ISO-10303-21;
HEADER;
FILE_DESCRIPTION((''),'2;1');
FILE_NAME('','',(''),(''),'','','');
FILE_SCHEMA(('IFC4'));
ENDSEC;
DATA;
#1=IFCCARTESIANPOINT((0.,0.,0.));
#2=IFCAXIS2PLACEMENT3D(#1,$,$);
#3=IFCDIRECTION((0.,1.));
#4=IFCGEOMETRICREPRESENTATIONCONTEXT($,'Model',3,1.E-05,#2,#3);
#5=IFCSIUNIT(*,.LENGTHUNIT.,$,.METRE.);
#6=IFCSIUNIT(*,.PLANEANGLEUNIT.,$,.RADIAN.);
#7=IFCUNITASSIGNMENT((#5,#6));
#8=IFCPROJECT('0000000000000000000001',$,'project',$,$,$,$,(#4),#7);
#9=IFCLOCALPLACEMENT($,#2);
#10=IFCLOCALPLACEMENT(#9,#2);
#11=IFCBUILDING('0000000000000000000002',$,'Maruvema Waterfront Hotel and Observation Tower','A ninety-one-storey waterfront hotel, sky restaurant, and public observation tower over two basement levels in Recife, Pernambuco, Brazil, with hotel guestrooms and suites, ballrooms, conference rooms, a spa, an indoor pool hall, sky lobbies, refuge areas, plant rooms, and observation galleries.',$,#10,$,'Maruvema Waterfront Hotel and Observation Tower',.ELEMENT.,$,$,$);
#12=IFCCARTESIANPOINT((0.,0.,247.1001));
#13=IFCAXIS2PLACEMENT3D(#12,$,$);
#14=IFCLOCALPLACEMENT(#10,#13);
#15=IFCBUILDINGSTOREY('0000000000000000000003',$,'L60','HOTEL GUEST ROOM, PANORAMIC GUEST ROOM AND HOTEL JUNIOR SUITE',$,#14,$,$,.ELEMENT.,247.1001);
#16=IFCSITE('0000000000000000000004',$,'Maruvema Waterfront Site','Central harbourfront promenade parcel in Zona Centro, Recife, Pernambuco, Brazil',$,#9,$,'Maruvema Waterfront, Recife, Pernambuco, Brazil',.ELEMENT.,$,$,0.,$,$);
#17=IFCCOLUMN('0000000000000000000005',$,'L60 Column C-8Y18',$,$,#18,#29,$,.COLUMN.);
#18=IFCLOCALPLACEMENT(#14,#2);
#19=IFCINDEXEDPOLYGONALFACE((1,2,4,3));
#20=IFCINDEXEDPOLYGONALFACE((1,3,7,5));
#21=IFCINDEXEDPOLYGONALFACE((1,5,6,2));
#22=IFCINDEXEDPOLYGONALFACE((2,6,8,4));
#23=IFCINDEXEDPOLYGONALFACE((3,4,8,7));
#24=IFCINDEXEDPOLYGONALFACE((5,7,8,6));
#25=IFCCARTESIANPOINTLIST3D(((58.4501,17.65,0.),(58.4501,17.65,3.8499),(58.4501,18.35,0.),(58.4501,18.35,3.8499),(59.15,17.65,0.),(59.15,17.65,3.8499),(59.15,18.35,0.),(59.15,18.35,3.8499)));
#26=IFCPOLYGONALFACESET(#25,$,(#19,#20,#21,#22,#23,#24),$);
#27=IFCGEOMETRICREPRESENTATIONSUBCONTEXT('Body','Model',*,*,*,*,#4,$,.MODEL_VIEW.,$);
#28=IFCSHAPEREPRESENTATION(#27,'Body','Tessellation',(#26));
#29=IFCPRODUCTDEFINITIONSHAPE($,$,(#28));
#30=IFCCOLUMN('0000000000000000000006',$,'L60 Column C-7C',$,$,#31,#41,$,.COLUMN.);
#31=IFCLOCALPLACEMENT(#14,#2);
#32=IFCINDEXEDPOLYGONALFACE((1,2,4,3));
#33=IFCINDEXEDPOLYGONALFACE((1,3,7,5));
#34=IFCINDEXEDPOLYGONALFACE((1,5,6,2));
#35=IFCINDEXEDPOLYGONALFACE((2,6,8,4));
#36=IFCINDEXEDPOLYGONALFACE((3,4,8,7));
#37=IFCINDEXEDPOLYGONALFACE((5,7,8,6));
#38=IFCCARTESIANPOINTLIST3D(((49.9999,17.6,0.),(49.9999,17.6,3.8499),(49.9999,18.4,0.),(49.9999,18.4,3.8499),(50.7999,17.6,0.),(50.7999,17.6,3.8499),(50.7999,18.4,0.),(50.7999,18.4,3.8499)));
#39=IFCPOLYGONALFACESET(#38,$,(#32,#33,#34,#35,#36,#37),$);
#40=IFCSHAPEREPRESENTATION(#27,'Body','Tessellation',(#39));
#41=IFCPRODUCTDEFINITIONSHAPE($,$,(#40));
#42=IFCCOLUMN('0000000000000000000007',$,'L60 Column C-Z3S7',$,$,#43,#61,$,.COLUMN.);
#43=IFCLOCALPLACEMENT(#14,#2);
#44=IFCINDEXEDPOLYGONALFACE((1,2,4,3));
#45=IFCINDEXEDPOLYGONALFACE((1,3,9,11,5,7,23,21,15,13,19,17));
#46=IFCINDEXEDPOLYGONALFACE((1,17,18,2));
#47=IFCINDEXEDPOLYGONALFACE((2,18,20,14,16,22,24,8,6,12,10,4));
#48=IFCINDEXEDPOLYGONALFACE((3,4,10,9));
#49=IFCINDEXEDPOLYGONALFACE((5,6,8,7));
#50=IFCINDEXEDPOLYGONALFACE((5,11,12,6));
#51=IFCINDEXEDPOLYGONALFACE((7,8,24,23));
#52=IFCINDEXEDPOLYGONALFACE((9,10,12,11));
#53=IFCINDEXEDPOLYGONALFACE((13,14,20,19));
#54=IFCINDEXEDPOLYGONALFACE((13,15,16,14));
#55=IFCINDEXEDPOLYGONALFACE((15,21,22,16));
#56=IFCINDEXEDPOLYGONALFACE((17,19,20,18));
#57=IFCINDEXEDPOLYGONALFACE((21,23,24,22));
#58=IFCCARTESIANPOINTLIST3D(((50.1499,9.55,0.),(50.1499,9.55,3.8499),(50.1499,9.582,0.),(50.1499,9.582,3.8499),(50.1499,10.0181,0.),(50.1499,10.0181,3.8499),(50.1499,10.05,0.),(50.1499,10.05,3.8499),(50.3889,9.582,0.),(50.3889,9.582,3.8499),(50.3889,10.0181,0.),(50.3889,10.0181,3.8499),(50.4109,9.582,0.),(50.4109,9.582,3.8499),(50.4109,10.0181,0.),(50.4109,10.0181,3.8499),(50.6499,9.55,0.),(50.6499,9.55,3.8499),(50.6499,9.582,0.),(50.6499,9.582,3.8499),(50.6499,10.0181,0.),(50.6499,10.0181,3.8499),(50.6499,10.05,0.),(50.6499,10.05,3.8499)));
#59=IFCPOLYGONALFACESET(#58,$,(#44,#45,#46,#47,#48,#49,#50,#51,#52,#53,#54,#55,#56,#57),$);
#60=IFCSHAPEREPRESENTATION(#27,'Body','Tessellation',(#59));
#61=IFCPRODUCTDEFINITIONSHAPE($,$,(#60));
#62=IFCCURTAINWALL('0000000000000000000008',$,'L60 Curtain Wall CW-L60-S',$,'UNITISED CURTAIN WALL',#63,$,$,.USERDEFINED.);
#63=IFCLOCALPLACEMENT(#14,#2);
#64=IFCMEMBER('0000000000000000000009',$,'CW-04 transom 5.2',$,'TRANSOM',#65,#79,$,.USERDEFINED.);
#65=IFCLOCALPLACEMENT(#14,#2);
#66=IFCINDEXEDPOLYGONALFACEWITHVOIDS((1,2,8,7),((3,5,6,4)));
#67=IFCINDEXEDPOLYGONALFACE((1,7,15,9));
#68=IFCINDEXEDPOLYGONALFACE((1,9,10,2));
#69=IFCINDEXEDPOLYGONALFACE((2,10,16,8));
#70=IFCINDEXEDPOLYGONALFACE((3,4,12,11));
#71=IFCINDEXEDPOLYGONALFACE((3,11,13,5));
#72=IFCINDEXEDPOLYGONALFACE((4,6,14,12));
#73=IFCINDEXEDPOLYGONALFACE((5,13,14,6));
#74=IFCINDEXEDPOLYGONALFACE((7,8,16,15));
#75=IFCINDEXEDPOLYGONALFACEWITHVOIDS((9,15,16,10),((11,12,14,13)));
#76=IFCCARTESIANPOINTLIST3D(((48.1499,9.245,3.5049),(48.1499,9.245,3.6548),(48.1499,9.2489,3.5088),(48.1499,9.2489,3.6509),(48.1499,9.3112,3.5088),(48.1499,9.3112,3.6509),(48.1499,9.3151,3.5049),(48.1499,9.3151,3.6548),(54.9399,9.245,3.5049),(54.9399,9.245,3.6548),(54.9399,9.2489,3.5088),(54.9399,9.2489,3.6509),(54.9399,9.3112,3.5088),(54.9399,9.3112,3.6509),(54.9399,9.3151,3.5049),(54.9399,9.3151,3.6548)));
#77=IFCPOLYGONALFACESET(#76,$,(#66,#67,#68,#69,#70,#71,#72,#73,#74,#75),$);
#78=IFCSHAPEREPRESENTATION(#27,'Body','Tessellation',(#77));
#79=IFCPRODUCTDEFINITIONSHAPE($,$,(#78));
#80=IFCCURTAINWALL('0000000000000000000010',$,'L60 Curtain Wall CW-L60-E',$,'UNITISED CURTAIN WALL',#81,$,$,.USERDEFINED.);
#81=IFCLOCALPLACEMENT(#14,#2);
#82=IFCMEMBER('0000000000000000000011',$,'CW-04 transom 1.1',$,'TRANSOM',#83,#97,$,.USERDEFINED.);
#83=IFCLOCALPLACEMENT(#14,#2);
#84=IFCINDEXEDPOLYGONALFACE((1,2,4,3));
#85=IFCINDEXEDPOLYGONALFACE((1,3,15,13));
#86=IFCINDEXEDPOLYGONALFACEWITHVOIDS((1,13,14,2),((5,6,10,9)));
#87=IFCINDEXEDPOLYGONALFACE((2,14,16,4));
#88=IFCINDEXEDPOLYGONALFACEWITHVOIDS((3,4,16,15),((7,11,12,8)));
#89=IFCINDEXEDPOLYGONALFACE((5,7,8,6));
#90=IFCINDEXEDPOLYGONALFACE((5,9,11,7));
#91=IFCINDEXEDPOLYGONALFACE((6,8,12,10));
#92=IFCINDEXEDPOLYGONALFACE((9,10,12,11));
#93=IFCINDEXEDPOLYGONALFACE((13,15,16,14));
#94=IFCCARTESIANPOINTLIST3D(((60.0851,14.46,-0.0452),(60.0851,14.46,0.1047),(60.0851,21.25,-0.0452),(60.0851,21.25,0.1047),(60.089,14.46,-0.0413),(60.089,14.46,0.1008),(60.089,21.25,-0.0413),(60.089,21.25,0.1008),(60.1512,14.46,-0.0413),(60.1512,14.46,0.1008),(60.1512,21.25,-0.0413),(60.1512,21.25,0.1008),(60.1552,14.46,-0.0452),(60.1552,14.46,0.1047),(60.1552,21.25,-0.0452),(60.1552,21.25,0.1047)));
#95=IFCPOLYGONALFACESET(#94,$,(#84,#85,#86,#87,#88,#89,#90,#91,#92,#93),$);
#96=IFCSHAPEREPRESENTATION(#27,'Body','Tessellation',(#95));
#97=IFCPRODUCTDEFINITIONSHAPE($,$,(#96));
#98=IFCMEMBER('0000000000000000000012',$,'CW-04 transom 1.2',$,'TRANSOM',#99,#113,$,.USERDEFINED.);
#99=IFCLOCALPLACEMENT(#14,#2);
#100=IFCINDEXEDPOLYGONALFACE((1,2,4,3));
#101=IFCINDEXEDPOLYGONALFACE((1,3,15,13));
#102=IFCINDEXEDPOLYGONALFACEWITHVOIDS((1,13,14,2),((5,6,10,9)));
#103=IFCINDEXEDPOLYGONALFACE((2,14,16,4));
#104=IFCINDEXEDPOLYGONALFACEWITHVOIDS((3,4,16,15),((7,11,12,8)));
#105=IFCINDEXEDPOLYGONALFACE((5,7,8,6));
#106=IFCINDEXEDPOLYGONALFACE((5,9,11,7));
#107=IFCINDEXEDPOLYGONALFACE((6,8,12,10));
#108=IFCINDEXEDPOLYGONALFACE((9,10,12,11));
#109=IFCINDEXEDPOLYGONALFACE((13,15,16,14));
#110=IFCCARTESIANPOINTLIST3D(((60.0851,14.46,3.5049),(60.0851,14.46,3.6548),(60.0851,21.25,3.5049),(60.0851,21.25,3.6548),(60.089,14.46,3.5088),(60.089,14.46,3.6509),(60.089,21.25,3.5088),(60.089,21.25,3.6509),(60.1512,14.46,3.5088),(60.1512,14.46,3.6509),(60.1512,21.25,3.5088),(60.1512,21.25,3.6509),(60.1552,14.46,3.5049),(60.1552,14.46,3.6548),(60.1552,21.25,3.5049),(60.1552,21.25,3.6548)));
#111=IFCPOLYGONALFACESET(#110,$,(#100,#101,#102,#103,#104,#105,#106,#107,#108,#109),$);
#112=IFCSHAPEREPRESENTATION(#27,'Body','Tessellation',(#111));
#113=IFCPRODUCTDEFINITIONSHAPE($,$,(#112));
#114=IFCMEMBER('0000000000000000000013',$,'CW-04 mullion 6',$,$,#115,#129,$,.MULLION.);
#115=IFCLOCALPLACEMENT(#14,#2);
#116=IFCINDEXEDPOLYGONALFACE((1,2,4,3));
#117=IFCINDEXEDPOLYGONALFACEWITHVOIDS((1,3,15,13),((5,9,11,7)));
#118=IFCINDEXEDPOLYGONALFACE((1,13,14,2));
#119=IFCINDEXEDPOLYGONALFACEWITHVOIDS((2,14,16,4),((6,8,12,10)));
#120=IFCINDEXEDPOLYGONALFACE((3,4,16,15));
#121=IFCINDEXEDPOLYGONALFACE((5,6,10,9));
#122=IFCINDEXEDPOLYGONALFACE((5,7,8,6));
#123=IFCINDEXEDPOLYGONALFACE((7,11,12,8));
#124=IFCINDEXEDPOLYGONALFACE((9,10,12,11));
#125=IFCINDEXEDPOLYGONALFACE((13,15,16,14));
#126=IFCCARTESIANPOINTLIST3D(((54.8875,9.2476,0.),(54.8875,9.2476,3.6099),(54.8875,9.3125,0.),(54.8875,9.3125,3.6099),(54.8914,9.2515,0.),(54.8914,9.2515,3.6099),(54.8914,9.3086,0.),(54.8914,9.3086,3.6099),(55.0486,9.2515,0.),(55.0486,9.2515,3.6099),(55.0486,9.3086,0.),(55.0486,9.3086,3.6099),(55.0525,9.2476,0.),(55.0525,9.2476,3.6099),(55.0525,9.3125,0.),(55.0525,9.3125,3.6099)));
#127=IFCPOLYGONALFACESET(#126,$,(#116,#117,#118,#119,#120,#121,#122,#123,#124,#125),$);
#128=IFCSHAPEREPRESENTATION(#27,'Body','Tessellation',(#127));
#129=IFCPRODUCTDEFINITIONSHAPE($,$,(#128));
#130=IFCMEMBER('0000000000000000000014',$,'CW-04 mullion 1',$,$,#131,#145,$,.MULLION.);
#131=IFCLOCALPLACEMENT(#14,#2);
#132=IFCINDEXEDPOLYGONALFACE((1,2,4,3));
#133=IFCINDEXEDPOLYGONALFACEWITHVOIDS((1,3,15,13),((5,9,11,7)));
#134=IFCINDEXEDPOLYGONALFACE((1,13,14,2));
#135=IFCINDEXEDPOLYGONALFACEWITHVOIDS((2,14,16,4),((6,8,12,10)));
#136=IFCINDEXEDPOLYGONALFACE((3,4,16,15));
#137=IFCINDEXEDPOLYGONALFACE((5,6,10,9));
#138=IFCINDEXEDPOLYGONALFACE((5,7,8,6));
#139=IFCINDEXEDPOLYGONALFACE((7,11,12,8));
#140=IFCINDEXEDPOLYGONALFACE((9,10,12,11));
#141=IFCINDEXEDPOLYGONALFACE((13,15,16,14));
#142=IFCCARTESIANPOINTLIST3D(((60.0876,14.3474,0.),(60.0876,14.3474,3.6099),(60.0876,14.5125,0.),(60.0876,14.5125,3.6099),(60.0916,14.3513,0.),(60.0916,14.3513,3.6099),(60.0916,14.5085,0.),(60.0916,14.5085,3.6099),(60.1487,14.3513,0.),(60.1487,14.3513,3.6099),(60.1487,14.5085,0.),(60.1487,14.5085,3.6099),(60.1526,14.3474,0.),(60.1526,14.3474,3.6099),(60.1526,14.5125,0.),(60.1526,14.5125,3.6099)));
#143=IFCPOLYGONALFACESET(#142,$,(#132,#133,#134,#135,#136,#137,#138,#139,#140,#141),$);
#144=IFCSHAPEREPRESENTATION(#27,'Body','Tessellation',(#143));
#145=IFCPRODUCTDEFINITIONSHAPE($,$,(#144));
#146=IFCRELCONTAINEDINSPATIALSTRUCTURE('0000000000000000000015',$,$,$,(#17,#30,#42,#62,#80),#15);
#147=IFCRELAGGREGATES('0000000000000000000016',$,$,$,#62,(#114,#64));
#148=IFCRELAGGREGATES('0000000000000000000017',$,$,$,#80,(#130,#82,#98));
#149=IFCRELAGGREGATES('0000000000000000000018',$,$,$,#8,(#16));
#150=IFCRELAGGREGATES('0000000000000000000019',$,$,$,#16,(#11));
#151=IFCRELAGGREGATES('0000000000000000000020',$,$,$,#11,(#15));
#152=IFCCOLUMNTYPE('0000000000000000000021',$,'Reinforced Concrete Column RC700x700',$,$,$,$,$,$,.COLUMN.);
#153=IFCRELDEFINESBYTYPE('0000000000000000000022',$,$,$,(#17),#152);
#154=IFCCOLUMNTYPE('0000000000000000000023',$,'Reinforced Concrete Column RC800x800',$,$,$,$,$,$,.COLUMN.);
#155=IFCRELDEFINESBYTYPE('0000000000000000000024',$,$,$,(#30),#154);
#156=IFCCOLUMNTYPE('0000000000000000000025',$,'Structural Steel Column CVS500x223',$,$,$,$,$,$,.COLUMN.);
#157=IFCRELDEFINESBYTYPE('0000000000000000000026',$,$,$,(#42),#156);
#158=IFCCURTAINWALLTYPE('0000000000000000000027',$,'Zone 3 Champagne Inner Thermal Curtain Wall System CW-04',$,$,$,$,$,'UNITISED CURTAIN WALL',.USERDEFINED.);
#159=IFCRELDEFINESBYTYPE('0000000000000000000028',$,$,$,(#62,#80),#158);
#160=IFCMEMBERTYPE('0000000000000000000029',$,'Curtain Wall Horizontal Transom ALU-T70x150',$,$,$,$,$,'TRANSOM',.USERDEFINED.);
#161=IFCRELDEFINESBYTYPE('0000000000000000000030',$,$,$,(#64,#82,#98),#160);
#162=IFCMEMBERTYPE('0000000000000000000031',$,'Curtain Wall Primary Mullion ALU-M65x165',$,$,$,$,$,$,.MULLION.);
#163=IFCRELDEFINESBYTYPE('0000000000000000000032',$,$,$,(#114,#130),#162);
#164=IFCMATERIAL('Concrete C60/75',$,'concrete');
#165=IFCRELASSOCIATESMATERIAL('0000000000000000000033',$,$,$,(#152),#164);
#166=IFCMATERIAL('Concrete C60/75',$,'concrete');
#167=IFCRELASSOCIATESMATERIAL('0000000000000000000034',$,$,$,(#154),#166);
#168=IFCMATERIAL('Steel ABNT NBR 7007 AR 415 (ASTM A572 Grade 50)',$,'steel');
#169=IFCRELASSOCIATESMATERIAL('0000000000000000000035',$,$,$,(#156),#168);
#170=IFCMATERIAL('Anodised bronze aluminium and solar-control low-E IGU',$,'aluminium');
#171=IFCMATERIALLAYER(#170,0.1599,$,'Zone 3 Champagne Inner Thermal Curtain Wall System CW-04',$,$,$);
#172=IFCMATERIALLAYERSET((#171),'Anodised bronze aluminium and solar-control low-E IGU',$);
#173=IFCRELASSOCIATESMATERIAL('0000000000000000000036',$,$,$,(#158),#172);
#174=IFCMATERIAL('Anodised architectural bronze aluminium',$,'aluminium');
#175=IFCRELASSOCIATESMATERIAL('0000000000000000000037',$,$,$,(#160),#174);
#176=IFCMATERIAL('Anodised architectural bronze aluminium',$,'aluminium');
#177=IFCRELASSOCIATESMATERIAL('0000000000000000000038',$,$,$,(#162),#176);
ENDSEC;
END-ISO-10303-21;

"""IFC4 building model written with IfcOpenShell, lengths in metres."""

from ifc_helpers import new_model, si_unit, direction, frame, origin, origin_2d, place, context, subcontext, project, spatial, rectangle, hollow_rectangle, i_section, extrude, material, layer, layer_set, material_profile, profile_set, type_object, element, aggregate, save


model = new_model("IFC4")

# Units and contexts
model_context = context("Model", 3, precision=1e-05, world=origin(), true_north=direction((0.0, 1.0)))
body_context = subcontext(model_context, "Body", "Model", "MODEL_VIEW")
ifc_project = project(units=[si_unit("LENGTHUNIT", "METRE"), si_unit("PLANEANGLEUNIT", "RADIAN")], contexts=[model_context])

# Site, building, storey
site_placement = place(None, origin())
site = spatial("IfcSite", under=ifc_project, at=site_placement, Name="Maruvema Waterfront Site", Description="Central harbourfront promenade parcel in Zona Centro, Recife, Pernambuco, Brazil", LongName="Maruvema Waterfront, Recife, Pernambuco, Brazil", CompositionType="ELEMENT", RefElevation=0.0)
building_placement = place(site_placement, origin())
building = spatial("IfcBuilding", under=site, at=building_placement, Name="Maruvema Waterfront Hotel and Observation Tower", Description="A ninety-one-storey waterfront hotel, sky restaurant, and public observation tower over two basement levels in Recife, Pernambuco, Brazil, with hotel guestrooms and suites, ballrooms, conference rooms, a spa, an indoor pool hall, sky lobbies, refuge areas, plant rooms, and observation galleries.", LongName="Maruvema Waterfront Hotel and Observation Tower", CompositionType="ELEMENT")
storey_placement = place(building_placement, frame((0.0, 0.0, 247.1001)))
storey = spatial("IfcBuildingStorey", under=building, at=storey_placement, Name="L60", Description="HOTEL GUEST ROOM, PANORAMIC GUEST ROOM AND HOTEL JUNIOR SUITE", CompositionType="ELEMENT", Elevation=247.1001)

# Columns
ifc_material_1 = material(Name="Concrete C60/75", Category="concrete")
ifc_material_profile_1 = material_profile(ifc_material_1, rectangle(XDim=0.7, YDim=0.7, at=origin_2d()), Name="RC700x700")
ifc_profile_set_1 = profile_set([ifc_material_profile_1], Name="Concrete C60/75")
column_type_1 = type_object("IfcColumnType", Name="Reinforced Concrete Column RC700x700", PredefinedType="COLUMN", material=ifc_profile_set_1)
column_1_placement = place(storey_placement, frame((58.8, 18.0, 0.0), z_axis=(0.0, 0.0, 1.0), x_axis=(1.0, 0.0, 0.0)))
element("IfcColumn", 1, at=column_1_placement, inside=storey, type_object=column_type_1, Name="L60 Column C-8Y18", PredefinedType="COLUMN", context=body_context, shape_type="SweptSolid", body=[
    extrude(rectangle(XDim=0.7, YDim=0.7, at=origin_2d()), origin(), (0.0, 0.0, 1.0), 3.8499),
])
ifc_material_2 = material(Name="Concrete C60/75", Category="concrete")
ifc_material_profile_2 = material_profile(ifc_material_2, rectangle(XDim=0.8, YDim=0.8, at=origin_2d()), Name="RC800x800")
ifc_profile_set_2 = profile_set([ifc_material_profile_2], Name="Concrete C60/75")
column_type_2 = type_object("IfcColumnType", Name="Reinforced Concrete Column RC800x800", PredefinedType="COLUMN", material=ifc_profile_set_2)
column_2_placement = place(storey_placement, frame((50.3999, 18.0, 0.0), z_axis=(0.0, 0.0, 1.0), x_axis=(1.0, 0.0, 0.0)))
element("IfcColumn", 2, at=column_2_placement, inside=storey, type_object=column_type_2, Name="L60 Column C-7C", PredefinedType="COLUMN", context=body_context, shape_type="SweptSolid", body=[
    extrude(rectangle(XDim=0.8, YDim=0.8, at=origin_2d()), origin(), (0.0, 0.0, 1.0), 3.8499),
])
ifc_material_3 = material(Name="Steel ABNT NBR 7007 AR 415 (ASTM A572 Grade 50)", Category="steel")
ifc_material_profile_3 = material_profile(ifc_material_3, i_section(OverallWidth=0.5, OverallDepth=0.5, WebThickness=0.022, FlangeThickness=0.032, at=origin_2d()), Name="CVS500x223")
ifc_profile_set_3 = profile_set([ifc_material_profile_3], Name="Steel ABNT NBR 7007 AR 415 (ASTM A572 Grade 50)")
column_type_3 = type_object("IfcColumnType", Name="Structural Steel Column CVS500x223", PredefinedType="COLUMN", material=ifc_profile_set_3)
column_3_placement = place(storey_placement, frame((50.3999, 9.8, 0.0), z_axis=(0.0, 0.0, 1.0), x_axis=(1.0, 0.0, 0.0)))
element("IfcColumn", 3, at=column_3_placement, inside=storey, type_object=column_type_3, Name="L60 Column C-Z3S7", PredefinedType="COLUMN", context=body_context, shape_type="SweptSolid", body=[
    extrude(i_section(OverallWidth=0.5, OverallDepth=0.5, WebThickness=0.022, FlangeThickness=0.032, at=origin_2d()), origin(), (0.0, 0.0, 1.0), 3.8499),
])

# Curtain wall, member
ifc_material_4 = material(Name="Anodised bronze aluminium and solar-control low-E IGU", Category="aluminium")
ifc_layer_1 = layer(ifc_material_4, 0.1599, Name="Zone 3 Champagne Inner Thermal Curtain Wall System CW-04")
ifc_layer_set_1 = layer_set([ifc_layer_1], Name="Anodised bronze aluminium and solar-control low-E IGU")
curtain_wall_type = type_object("IfcCurtainWallType", Name="Zone 3 Champagne Inner Thermal Curtain Wall System CW-04", ElementType="UNITISED CURTAIN WALL", PredefinedType="USERDEFINED", material=ifc_layer_set_1)
curtain_wall_1_placement = place(storey_placement, origin())
curtain_wall_1 = element("IfcCurtainWall", 4, at=curtain_wall_1_placement, inside=storey, type_object=curtain_wall_type, Name="L60 Curtain Wall CW-L60-S", ObjectType="UNITISED CURTAIN WALL", PredefinedType="USERDEFINED")
ifc_material_5 = material(Name="Anodised architectural bronze aluminium", Category="aluminium")
ifc_material_profile_4 = material_profile(ifc_material_5, hollow_rectangle(XDim=0.0701, YDim=0.1499, WallThickness=0.0039, at=origin_2d()), Name="ALU-T70x150")
ifc_profile_set_4 = profile_set([ifc_material_profile_4], Name="Anodised architectural bronze aluminium")
member_type_1 = type_object("IfcMemberType", Name="Curtain Wall Horizontal Transom ALU-T70x150", ElementType="TRANSOM", PredefinedType="USERDEFINED", material=ifc_profile_set_4)
member_1_placement = place(storey_placement, frame((48.1499, 9.28, 3.5798), z_axis=(1.0, 0.0, 0.0), x_axis=(0.0, 1.0, 0.0)))
member_1 = element("IfcMember", 5, at=member_1_placement, type_object=member_type_1, Name="CW-04 transom 5.2", ObjectType="TRANSOM", PredefinedType="USERDEFINED", context=body_context, shape_type="SweptSolid", body=[
    extrude(hollow_rectangle(XDim=0.0701, YDim=0.1499, WallThickness=0.0039, at=origin_2d()), origin(), (0.0, 0.0, 1.0), 6.79),
])

# Curtain wall, members
curtain_wall_2_placement = place(storey_placement, origin())
curtain_wall_2 = element("IfcCurtainWall", 6, at=curtain_wall_2_placement, inside=storey, type_object=curtain_wall_type, Name="L60 Curtain Wall CW-L60-E", ObjectType="UNITISED CURTAIN WALL", PredefinedType="USERDEFINED")
member_2_placement = place(storey_placement, frame((60.1201, 14.46, 0.0298), z_axis=(0.0, 1.0, 0.0), x_axis=(-1.0, 0.0, 0.0)))
member_2 = element("IfcMember", 7, at=member_2_placement, type_object=member_type_1, Name="CW-04 transom 1.1", ObjectType="TRANSOM", PredefinedType="USERDEFINED", context=body_context, shape_type="SweptSolid", body=[
    extrude(hollow_rectangle(XDim=0.0701, YDim=0.1499, WallThickness=0.0039, at=origin_2d()), origin(), (0.0, 0.0, 1.0), 6.79),
])
member_3_placement = place(storey_placement, frame((60.1201, 14.46, 3.5798), z_axis=(0.0, 1.0, 0.0), x_axis=(-1.0, 0.0, 0.0)))
member_3 = element("IfcMember", 8, at=member_3_placement, type_object=member_type_1, Name="CW-04 transom 1.2", ObjectType="TRANSOM", PredefinedType="USERDEFINED", context=body_context, shape_type="SweptSolid", body=[
    extrude(hollow_rectangle(XDim=0.0701, YDim=0.1499, WallThickness=0.0039, at=origin_2d()), origin(), (0.0, 0.0, 1.0), 6.79),
])

# Members
ifc_material_6 = material(Name="Anodised architectural bronze aluminium", Category="aluminium")
ifc_material_profile_5 = material_profile(ifc_material_6, hollow_rectangle(XDim=0.0649, YDim=0.165, WallThickness=0.0039, at=origin_2d()), Name="ALU-M65x165")
ifc_profile_set_5 = profile_set([ifc_material_profile_5], Name="Anodised architectural bronze aluminium")
member_type_2 = type_object("IfcMemberType", Name="Curtain Wall Primary Mullion ALU-M65x165", PredefinedType="MULLION", material=ifc_profile_set_5)
member_4_placement = place(storey_placement, frame((54.97, 9.28, 0.0), z_axis=(0.0, 0.0, 1.0), x_axis=(0.0, 1.0, 0.0)))
member_4 = element("IfcMember", 9, at=member_4_placement, type_object=member_type_2, Name="CW-04 mullion 6", PredefinedType="MULLION", context=body_context, shape_type="SweptSolid", body=[
    extrude(hollow_rectangle(XDim=0.0649, YDim=0.165, WallThickness=0.0039, at=origin_2d()), origin(), (0.0, 0.0, 1.0), 3.6099),
])
member_5_placement = place(storey_placement, frame((60.1201, 14.4299, 0.0), z_axis=(0.0, 0.0, 1.0), x_axis=(-1.0, 0.0, 0.0)))
member_5 = element("IfcMember", 10, at=member_5_placement, type_object=member_type_2, Name="CW-04 mullion 1", PredefinedType="MULLION", context=body_context, shape_type="SweptSolid", body=[
    extrude(hollow_rectangle(XDim=0.0649, YDim=0.165, WallThickness=0.0039, at=origin_2d()), origin(), (0.0, 0.0, 1.0), 3.6099),
])

aggregate(curtain_wall_1, [member_4, member_1])
aggregate(curtain_wall_2, [member_5, member_2, member_3])

save(model, "model.ifc")
